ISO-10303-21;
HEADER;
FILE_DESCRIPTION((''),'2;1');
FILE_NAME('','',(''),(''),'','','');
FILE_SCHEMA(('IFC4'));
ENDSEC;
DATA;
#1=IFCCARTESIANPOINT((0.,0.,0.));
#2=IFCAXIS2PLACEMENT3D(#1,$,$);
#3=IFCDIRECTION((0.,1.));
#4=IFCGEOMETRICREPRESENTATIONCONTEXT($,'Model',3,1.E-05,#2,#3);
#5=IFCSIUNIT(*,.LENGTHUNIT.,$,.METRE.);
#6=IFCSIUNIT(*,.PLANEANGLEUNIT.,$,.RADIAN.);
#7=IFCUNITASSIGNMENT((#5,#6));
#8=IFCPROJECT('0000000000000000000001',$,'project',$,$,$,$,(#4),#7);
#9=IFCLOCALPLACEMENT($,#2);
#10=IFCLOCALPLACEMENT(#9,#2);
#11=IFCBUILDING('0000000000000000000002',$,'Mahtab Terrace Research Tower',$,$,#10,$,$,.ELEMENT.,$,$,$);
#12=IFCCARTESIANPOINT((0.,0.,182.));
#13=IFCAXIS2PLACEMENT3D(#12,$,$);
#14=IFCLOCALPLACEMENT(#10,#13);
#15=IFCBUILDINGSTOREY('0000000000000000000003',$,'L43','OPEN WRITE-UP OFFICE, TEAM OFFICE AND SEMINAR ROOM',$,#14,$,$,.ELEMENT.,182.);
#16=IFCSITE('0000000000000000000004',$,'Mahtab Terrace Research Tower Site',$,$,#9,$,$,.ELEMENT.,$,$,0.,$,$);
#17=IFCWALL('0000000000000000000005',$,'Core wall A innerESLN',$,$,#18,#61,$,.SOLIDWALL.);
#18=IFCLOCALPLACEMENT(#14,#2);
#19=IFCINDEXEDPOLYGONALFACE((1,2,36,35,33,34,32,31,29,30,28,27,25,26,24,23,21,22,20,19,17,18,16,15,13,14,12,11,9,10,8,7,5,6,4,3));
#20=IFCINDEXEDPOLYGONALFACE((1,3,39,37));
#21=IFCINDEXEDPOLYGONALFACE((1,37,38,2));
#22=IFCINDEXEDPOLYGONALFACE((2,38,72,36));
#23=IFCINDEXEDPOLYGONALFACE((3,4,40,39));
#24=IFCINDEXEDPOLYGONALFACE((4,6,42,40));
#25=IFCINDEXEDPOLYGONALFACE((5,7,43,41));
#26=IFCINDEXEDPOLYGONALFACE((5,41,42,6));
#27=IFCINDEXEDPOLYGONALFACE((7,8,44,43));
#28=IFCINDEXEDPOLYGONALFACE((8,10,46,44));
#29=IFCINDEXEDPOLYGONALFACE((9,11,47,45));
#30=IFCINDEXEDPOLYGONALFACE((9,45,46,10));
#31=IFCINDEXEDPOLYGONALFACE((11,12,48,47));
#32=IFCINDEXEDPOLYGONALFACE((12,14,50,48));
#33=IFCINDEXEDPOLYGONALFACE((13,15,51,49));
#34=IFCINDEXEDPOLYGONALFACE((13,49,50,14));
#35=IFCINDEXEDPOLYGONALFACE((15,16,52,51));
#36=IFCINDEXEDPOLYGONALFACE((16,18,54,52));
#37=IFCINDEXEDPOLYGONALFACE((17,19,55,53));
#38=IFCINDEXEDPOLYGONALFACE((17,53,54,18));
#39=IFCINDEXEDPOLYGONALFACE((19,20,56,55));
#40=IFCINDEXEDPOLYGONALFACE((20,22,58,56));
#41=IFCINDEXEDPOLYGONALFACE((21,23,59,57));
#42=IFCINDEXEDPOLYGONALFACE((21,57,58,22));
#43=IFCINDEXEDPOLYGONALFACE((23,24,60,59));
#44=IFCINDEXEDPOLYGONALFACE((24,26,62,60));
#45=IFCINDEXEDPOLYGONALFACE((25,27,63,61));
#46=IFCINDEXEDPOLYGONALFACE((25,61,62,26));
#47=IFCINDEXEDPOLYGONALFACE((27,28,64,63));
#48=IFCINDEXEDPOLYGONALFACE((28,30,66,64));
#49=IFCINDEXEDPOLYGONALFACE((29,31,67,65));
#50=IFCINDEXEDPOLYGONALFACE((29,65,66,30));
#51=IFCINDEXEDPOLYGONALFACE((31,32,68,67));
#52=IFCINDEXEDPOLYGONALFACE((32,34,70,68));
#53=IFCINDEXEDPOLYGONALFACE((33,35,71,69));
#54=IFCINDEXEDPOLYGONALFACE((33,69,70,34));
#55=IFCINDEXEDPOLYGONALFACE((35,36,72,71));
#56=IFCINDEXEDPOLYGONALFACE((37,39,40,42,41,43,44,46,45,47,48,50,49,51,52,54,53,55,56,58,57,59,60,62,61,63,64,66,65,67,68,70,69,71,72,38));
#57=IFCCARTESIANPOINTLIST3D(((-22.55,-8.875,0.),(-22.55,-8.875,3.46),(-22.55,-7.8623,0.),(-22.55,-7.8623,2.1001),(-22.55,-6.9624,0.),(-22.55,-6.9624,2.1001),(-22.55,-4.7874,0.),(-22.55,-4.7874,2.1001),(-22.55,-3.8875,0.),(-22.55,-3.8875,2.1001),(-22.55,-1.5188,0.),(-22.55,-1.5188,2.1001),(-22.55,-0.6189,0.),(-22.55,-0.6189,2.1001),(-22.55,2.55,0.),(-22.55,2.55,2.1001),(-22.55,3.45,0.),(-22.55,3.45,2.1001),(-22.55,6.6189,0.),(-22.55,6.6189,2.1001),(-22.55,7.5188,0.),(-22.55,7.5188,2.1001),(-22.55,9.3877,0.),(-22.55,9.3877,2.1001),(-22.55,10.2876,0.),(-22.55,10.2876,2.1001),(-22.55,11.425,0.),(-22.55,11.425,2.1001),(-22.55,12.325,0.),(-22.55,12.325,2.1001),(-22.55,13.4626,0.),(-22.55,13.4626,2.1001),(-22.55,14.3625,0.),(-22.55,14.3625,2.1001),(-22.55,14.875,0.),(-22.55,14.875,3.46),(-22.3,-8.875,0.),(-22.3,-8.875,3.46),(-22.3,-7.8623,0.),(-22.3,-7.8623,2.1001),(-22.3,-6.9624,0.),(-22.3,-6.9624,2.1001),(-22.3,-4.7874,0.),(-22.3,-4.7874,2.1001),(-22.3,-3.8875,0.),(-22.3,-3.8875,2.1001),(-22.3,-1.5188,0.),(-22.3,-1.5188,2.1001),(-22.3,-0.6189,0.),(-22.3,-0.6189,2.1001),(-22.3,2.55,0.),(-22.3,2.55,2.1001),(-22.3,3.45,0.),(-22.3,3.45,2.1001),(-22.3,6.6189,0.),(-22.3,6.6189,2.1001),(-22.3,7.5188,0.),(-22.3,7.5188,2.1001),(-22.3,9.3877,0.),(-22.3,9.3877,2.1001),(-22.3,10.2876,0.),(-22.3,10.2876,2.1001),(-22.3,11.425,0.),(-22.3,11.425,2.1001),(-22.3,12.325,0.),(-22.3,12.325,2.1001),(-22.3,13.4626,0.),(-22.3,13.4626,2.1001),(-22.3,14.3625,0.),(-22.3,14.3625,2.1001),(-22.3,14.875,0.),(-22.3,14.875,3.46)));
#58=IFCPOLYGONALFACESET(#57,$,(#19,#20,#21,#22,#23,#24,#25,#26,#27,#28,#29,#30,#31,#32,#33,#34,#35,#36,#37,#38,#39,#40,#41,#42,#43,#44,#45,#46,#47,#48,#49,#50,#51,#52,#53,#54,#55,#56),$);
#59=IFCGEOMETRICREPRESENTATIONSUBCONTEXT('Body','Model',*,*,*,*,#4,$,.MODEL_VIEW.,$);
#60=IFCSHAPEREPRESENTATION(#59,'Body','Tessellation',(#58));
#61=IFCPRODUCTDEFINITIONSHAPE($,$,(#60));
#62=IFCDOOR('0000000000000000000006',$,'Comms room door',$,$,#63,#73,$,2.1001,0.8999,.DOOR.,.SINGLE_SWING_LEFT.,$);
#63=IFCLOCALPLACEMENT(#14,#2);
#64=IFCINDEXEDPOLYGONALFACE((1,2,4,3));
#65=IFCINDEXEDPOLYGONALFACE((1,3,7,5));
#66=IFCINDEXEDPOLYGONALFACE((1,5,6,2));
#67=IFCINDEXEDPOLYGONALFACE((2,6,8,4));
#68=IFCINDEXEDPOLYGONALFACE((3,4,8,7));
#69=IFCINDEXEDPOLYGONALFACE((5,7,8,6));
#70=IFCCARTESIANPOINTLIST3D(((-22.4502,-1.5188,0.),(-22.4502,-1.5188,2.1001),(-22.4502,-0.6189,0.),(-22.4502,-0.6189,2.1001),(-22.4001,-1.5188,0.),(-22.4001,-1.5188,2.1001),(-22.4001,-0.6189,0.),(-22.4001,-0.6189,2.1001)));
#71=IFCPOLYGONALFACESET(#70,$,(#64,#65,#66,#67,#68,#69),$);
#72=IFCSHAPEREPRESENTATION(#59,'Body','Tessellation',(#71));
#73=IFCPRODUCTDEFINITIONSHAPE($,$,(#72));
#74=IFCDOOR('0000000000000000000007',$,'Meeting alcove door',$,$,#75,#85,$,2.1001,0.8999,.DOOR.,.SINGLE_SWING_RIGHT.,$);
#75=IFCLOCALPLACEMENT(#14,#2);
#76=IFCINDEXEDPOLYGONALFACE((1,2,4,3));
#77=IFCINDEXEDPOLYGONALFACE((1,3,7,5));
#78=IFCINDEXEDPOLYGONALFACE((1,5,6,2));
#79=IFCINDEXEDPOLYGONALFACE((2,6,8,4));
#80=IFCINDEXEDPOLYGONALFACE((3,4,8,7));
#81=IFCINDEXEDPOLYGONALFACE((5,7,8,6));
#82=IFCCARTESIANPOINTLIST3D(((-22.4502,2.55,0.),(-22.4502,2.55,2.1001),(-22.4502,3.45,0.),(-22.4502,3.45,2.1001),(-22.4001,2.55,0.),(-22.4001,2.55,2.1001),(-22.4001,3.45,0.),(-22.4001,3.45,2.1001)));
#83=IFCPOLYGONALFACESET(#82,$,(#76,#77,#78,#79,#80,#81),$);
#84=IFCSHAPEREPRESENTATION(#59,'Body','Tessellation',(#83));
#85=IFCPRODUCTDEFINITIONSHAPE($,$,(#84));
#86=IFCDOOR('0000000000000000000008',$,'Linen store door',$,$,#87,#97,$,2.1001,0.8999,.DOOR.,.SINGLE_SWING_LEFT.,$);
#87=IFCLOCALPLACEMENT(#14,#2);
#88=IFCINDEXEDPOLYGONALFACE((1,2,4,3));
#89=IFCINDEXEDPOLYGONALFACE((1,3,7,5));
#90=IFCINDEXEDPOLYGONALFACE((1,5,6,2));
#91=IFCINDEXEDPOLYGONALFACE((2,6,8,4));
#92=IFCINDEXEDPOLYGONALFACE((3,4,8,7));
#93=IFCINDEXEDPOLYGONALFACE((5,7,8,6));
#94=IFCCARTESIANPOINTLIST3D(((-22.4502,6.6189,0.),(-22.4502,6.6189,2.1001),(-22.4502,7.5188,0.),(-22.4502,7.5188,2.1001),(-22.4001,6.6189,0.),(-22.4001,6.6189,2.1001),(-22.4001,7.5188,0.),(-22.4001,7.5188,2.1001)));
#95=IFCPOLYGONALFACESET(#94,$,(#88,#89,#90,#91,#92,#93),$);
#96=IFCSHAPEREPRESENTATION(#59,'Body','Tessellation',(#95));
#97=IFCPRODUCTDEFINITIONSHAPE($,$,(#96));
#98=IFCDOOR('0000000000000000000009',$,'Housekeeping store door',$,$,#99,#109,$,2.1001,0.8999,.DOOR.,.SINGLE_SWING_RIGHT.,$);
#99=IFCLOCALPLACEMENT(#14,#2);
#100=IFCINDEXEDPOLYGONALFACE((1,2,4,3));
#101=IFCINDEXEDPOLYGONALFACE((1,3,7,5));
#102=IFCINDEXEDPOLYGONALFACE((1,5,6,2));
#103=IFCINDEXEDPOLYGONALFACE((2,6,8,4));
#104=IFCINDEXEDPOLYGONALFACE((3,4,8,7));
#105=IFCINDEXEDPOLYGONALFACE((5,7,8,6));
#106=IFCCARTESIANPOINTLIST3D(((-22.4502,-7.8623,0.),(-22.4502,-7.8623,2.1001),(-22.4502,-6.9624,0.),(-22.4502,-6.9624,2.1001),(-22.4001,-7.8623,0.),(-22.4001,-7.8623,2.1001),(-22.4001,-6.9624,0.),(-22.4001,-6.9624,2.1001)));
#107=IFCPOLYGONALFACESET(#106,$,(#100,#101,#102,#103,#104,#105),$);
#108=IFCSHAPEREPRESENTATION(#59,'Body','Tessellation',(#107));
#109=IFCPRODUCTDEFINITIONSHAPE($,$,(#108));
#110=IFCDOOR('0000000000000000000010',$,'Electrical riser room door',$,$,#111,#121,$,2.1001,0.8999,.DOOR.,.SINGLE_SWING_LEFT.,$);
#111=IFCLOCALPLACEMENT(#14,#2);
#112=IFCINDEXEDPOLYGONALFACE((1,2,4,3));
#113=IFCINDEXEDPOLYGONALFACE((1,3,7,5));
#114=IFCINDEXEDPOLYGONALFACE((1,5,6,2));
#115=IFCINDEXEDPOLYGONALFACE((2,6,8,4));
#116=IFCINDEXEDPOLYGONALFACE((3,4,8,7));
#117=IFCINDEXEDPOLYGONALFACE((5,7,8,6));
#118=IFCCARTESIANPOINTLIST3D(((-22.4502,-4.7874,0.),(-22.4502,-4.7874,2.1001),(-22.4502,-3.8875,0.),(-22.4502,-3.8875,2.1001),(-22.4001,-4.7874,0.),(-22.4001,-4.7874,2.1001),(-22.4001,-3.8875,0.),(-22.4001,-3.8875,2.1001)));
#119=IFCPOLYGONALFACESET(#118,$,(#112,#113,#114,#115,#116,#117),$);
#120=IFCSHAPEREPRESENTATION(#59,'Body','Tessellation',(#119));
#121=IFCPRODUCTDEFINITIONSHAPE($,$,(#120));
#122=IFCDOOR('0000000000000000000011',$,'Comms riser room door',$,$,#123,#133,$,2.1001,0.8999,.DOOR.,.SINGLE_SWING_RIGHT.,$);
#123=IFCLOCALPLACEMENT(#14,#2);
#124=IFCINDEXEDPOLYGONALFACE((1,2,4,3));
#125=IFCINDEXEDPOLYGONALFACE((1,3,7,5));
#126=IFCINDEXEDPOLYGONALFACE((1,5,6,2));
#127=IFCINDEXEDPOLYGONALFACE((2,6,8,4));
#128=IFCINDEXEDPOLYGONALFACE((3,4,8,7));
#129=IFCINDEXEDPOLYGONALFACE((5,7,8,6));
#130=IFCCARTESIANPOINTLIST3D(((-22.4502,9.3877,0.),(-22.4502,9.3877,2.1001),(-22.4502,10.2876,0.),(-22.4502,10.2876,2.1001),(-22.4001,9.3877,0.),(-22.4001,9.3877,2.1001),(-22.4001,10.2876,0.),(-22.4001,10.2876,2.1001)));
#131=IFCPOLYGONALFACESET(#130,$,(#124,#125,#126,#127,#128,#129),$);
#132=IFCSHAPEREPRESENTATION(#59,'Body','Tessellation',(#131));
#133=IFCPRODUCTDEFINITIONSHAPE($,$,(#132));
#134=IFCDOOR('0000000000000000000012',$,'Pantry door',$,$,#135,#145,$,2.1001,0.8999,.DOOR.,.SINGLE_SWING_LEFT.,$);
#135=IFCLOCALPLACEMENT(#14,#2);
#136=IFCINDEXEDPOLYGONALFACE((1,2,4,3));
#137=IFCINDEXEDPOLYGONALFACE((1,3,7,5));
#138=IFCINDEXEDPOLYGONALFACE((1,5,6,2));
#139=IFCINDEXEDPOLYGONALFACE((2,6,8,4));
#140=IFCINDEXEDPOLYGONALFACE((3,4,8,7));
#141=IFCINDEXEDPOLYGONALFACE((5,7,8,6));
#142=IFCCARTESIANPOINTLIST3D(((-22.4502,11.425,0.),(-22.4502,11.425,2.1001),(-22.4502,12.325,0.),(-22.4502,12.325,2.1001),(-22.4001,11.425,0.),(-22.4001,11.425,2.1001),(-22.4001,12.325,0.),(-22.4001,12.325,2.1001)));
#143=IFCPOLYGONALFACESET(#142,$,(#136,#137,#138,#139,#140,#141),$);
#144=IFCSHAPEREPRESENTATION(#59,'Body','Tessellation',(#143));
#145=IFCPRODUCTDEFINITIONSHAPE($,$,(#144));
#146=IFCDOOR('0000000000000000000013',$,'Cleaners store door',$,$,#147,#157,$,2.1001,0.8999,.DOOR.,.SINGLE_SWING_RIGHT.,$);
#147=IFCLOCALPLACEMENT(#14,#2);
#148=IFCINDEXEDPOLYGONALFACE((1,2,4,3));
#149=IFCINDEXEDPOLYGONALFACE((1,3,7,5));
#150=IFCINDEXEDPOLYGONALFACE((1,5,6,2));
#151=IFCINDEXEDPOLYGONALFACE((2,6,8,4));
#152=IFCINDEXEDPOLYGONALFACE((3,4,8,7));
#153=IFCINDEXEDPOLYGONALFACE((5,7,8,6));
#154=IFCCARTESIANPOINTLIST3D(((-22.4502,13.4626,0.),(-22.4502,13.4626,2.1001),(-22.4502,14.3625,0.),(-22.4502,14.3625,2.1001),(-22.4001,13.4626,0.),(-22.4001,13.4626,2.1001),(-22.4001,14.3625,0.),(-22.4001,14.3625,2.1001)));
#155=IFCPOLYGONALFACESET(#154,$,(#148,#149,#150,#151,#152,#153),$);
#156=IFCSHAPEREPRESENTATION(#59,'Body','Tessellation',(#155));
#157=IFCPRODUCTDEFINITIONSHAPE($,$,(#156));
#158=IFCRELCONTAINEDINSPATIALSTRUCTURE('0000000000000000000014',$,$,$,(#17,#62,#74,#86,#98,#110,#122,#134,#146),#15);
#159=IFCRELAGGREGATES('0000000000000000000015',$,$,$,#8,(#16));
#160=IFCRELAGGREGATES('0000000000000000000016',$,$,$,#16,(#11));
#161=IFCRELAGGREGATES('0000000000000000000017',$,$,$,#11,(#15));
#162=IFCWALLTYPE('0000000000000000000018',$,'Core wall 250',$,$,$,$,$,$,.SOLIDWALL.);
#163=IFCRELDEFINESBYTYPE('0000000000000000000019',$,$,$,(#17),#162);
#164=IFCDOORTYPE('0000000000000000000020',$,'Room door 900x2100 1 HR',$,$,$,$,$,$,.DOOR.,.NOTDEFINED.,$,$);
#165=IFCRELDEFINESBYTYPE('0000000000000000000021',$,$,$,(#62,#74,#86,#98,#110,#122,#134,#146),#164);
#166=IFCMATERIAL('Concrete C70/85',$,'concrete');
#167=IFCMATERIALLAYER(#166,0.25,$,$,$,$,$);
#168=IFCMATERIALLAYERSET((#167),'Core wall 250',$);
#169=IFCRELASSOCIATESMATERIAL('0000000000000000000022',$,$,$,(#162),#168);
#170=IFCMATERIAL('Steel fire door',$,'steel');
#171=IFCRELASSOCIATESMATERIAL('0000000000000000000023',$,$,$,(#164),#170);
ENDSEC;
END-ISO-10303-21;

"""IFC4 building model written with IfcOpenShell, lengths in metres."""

from ifc_helpers import new_model, si_unit, direction, frame, frame_2d, origin, place, context, subcontext, project, spatial, rectangle, extrude, material, layer, layer_set, type_object, element, fill, save


model = new_model("IFC4")

# Units and contexts
model_context = context("Model", 3, precision=1e-05, world=origin(), true_north=direction((0.0, 1.0)))
body_context = subcontext(model_context, "Body", "Model", "MODEL_VIEW")
ifc_project = project(units=[si_unit("LENGTHUNIT", "METRE"), si_unit("PLANEANGLEUNIT", "RADIAN")], contexts=[model_context])

# Site, building, storey
site_placement = place(None, origin())
site = spatial("IfcSite", under=ifc_project, at=site_placement, Name="Mahtab Terrace Research Tower Site", CompositionType="ELEMENT", RefElevation=0.0)
building_placement = place(site_placement, origin())
building = spatial("IfcBuilding", under=site, at=building_placement, Name="Mahtab Terrace Research Tower", CompositionType="ELEMENT")
storey_placement = place(building_placement, frame((0.0, 0.0, 182.0)))
storey = spatial("IfcBuildingStorey", under=building, at=storey_placement, Name="L43", Description="OPEN WRITE-UP OFFICE, TEAM OFFICE AND SEMINAR ROOM", CompositionType="ELEMENT", Elevation=182.0)

# Shared definitions
ifc_material_1 = material(Name="Concrete C70/85", Category="concrete")

# Shared definitions
ifc_layer_1 = layer(ifc_material_1, 0.25)
ifc_layer_set_1 = layer_set([ifc_layer_1], Name="Core wall 250")
wall_type_1 = type_object("IfcWallType", Name="Core wall 250", PredefinedType="SOLIDWALL", material=ifc_layer_set_1)
ifc_material_2 = material(Name="Steel fire door", Category="steel")

# Wall, openings, doors
wall_1_placement = place(storey_placement, frame((-22.425, 14.875, 0.0), z_axis=(0.0, 0.0, 1.0), x_axis=(0.0, -1.0, 0.0)))
wall_1 = element("IfcWall", 1, at=wall_1_placement, inside=storey, type_object=wall_type_1, Name="Core wall A innerESLN", PredefinedType="SOLIDWALL", context=body_context, shape_type="SweptSolid", body=[
    extrude(rectangle(XDim=23.75, YDim=0.25, at=frame_2d((11.875, 0.0))), origin(), (0.0, 0.0, 1.0), 3.46),
])
opening_1_placement = place(wall_1_placement, frame((15.4939, 0.0, 0.0)))
opening_1 = element("IfcOpeningElement", 2, at=opening_1_placement, cuts=wall_1, PredefinedType="OPENING", context=body_context, shape_type="SweptSolid", body=[
    extrude(rectangle(XDim=0.8999, YDim=2.1001, at=frame_2d((0.45, 1.05))), frame((0.0, 0.135, 0.0), z_axis=(0.0, -1.0, 0.0), x_axis=(1.0, 0.0, 0.0)), (0.0, 0.0, 1.0), 0.27),
])
opening_2_placement = place(wall_1_placement, frame((11.425, 0.0, 0.0)))
opening_2 = element("IfcOpeningElement", 3, at=opening_2_placement, cuts=wall_1, PredefinedType="OPENING", context=body_context, shape_type="SweptSolid", body=[
    extrude(rectangle(XDim=0.8999, YDim=2.1001, at=frame_2d((0.45, 1.05))), frame((0.0, 0.135, 0.0), z_axis=(0.0, -1.0, 0.0), x_axis=(1.0, 0.0, 0.0)), (0.0, 0.0, 1.0), 0.27),
])
opening_3_placement = place(wall_1_placement, frame((7.3562, 0.0, 0.0)))
opening_3 = element("IfcOpeningElement", 4, at=opening_3_placement, cuts=wall_1, PredefinedType="OPENING", context=body_context, shape_type="SweptSolid", body=[
    extrude(rectangle(XDim=0.8999, YDim=2.1001, at=frame_2d((0.45, 1.05))), frame((0.0, 0.135, 0.0), z_axis=(0.0, -1.0, 0.0), x_axis=(1.0, 0.0, 0.0)), (0.0, 0.0, 1.0), 0.27),
])
opening_4_placement = place(wall_1_placement, frame((21.8374, 0.0, 0.0)))
opening_4 = element("IfcOpeningElement", 5, at=opening_4_placement, cuts=wall_1, PredefinedType="OPENING", context=body_context, shape_type="SweptSolid", body=[
    extrude(rectangle(XDim=0.8999, YDim=2.1001, at=frame_2d((0.45, 1.05))), frame((0.0, 0.135, 0.0), z_axis=(0.0, -1.0, 0.0), x_axis=(1.0, 0.0, 0.0)), (0.0, 0.0, 1.0), 0.27),
])
opening_5_placement = place(wall_1_placement, frame((18.7625, 0.0, 0.0)))
opening_5 = element("IfcOpeningElement", 6, at=opening_5_placement, cuts=wall_1, PredefinedType="OPENING", context=body_context, shape_type="SweptSolid", body=[
    extrude(rectangle(XDim=0.8999, YDim=2.1001, at=frame_2d((0.45, 1.05))), frame((0.0, 0.135, 0.0), z_axis=(0.0, -1.0, 0.0), x_axis=(1.0, 0.0, 0.0)), (0.0, 0.0, 1.0), 0.27),
])
opening_6_placement = place(wall_1_placement, frame((4.5874, 0.0, 0.0)))
opening_6 = element("IfcOpeningElement", 7, at=opening_6_placement, cuts=wall_1, PredefinedType="OPENING", context=body_context, shape_type="SweptSolid", body=[
    extrude(rectangle(XDim=0.8999, YDim=2.1001, at=frame_2d((0.45, 1.05))), frame((0.0, 0.135, 0.0), z_axis=(0.0, -1.0, 0.0), x_axis=(1.0, 0.0, 0.0)), (0.0, 0.0, 1.0), 0.27),
])
opening_7_placement = place(wall_1_placement, frame((2.55, 0.0, 0.0)))
opening_7 = element("IfcOpeningElement", 8, at=opening_7_placement, cuts=wall_1, PredefinedType="OPENING", context=body_context, shape_type="SweptSolid", body=[
    extrude(rectangle(XDim=0.8999, YDim=2.1001, at=frame_2d((0.45, 1.05))), frame((0.0, 0.135, 0.0), z_axis=(0.0, -1.0, 0.0), x_axis=(1.0, 0.0, 0.0)), (0.0, 0.0, 1.0), 0.27),
])
opening_8_placement = place(wall_1_placement, frame((0.5125, 0.0, 0.0)))
opening_8 = element("IfcOpeningElement", 9, at=opening_8_placement, cuts=wall_1, PredefinedType="OPENING", context=body_context, shape_type="SweptSolid", body=[
    extrude(rectangle(XDim=0.8999, YDim=2.1001, at=frame_2d((0.45, 1.05))), frame((0.0, 0.135, 0.0), z_axis=(0.0, -1.0, 0.0), x_axis=(1.0, 0.0, 0.0)), (0.0, 0.0, 1.0), 0.27),
])
door_type_1 = type_object("IfcDoorType", Name="Room door 900x2100 1 HR", OperationType="NOTDEFINED", PredefinedType="DOOR", material=ifc_material_2)
door_1_placement = place(opening_1_placement, origin())
door_1 = element("IfcDoor", 10, at=door_1_placement, inside=storey, type_object=door_type_1, Name="Comms room door", OperationType="SINGLE_SWING_LEFT", OverallHeight=2.1001, OverallWidth=0.8999, PredefinedType="DOOR", context=body_context, shape_type="SweptSolid", body=[
    extrude(rectangle(XDim=0.8999, YDim=2.1001, at=frame_2d((0.45, 1.05))), frame((0.0, 0.0249, 0.0), z_axis=(0.0, -1.0, 0.0), x_axis=(1.0, 0.0, 0.0)), (0.0, 0.0, 1.0), 0.05),
])
fill(opening_1, door_1)
door_2_placement = place(opening_2_placement, origin())
door_2 = element("IfcDoor", 11, at=door_2_placement, inside=storey, type_object=door_type_1, Name="Meeting alcove door", OperationType="SINGLE_SWING_RIGHT", OverallHeight=2.1001, OverallWidth=0.8999, PredefinedType="DOOR", context=body_context, shape_type="SweptSolid", body=[
    extrude(rectangle(XDim=0.8999, YDim=2.1001, at=frame_2d((0.45, 1.05))), frame((0.0, 0.0249, 0.0), z_axis=(0.0, -1.0, 0.0), x_axis=(1.0, 0.0, 0.0)), (0.0, 0.0, 1.0), 0.05),
])
fill(opening_2, door_2)
door_3_placement = place(opening_3_placement, origin())
door_3 = element("IfcDoor", 12, at=door_3_placement, inside=storey, type_object=door_type_1, Name="Linen store door", OperationType="SINGLE_SWING_LEFT", OverallHeight=2.1001, OverallWidth=0.8999, PredefinedType="DOOR", context=body_context, shape_type="SweptSolid", body=[
    extrude(rectangle(XDim=0.8999, YDim=2.1001, at=frame_2d((0.45, 1.05))), frame((0.0, 0.0249, 0.0), z_axis=(0.0, -1.0, 0.0), x_axis=(1.0, 0.0, 0.0)), (0.0, 0.0, 1.0), 0.05),
])
fill(opening_3, door_3)
door_4_placement = place(opening_4_placement, origin())
door_4 = element("IfcDoor", 13, at=door_4_placement, inside=storey, type_object=door_type_1, Name="Housekeeping store door", OperationType="SINGLE_SWING_RIGHT", OverallHeight=2.1001, OverallWidth=0.8999, PredefinedType="DOOR", context=body_context, shape_type="SweptSolid", body=[
    extrude(rectangle(XDim=0.8999, YDim=2.1001, at=frame_2d((0.45, 1.05))), frame((0.0, 0.0249, 0.0), z_axis=(0.0, -1.0, 0.0), x_axis=(1.0, 0.0, 0.0)), (0.0, 0.0, 1.0), 0.05),
])
fill(opening_4, door_4)
door_5_placement = place(opening_5_placement, origin())
door_5 = element("IfcDoor", 14, at=door_5_placement, inside=storey, type_object=door_type_1, Name="Electrical riser room door", OperationType="SINGLE_SWING_LEFT", OverallHeight=2.1001, OverallWidth=0.8999, PredefinedType="DOOR", context=body_context, shape_type="SweptSolid", body=[
    extrude(rectangle(XDim=0.8999, YDim=2.1001, at=frame_2d((0.45, 1.05))), frame((0.0, 0.0249, 0.0), z_axis=(0.0, -1.0, 0.0), x_axis=(1.0, 0.0, 0.0)), (0.0, 0.0, 1.0), 0.05),
])
fill(opening_5, door_5)
door_6_placement = place(opening_6_placement, origin())
door_6 = element("IfcDoor", 15, at=door_6_placement, inside=storey, type_object=door_type_1, Name="Comms riser room door", OperationType="SINGLE_SWING_RIGHT", OverallHeight=2.1001, OverallWidth=0.8999, PredefinedType="DOOR", context=body_context, shape_type="SweptSolid", body=[
    extrude(rectangle(XDim=0.8999, YDim=2.1001, at=frame_2d((0.45, 1.05))), frame((0.0, 0.0249, 0.0), z_axis=(0.0, -1.0, 0.0), x_axis=(1.0, 0.0, 0.0)), (0.0, 0.0, 1.0), 0.05),
])
fill(opening_6, door_6)
door_7_placement = place(opening_7_placement, origin())
door_7 = element("IfcDoor", 16, at=door_7_placement, inside=storey, type_object=door_type_1, Name="Pantry door", OperationType="SINGLE_SWING_LEFT", OverallHeight=2.1001, OverallWidth=0.8999, PredefinedType="DOOR", context=body_context, shape_type="SweptSolid", body=[
    extrude(rectangle(XDim=0.8999, YDim=2.1001, at=frame_2d((0.45, 1.05))), frame((0.0, 0.0249, 0.0), z_axis=(0.0, -1.0, 0.0), x_axis=(1.0, 0.0, 0.0)), (0.0, 0.0, 1.0), 0.05),
])
fill(opening_7, door_7)
door_8_placement = place(opening_8_placement, origin())
door_8 = element("IfcDoor", 17, at=door_8_placement, inside=storey, type_object=door_type_1, Name="Cleaners store door", OperationType="SINGLE_SWING_RIGHT", OverallHeight=2.1001, OverallWidth=0.8999, PredefinedType="DOOR", context=body_context, shape_type="SweptSolid", body=[
    extrude(rectangle(XDim=0.8999, YDim=2.1001, at=frame_2d((0.45, 1.05))), frame((0.0, 0.0249, 0.0), z_axis=(0.0, -1.0, 0.0), x_axis=(1.0, 0.0, 0.0)), (0.0, 0.0, 1.0), 0.05),
])
fill(opening_8, door_8)

save(model, "model.ifc")
